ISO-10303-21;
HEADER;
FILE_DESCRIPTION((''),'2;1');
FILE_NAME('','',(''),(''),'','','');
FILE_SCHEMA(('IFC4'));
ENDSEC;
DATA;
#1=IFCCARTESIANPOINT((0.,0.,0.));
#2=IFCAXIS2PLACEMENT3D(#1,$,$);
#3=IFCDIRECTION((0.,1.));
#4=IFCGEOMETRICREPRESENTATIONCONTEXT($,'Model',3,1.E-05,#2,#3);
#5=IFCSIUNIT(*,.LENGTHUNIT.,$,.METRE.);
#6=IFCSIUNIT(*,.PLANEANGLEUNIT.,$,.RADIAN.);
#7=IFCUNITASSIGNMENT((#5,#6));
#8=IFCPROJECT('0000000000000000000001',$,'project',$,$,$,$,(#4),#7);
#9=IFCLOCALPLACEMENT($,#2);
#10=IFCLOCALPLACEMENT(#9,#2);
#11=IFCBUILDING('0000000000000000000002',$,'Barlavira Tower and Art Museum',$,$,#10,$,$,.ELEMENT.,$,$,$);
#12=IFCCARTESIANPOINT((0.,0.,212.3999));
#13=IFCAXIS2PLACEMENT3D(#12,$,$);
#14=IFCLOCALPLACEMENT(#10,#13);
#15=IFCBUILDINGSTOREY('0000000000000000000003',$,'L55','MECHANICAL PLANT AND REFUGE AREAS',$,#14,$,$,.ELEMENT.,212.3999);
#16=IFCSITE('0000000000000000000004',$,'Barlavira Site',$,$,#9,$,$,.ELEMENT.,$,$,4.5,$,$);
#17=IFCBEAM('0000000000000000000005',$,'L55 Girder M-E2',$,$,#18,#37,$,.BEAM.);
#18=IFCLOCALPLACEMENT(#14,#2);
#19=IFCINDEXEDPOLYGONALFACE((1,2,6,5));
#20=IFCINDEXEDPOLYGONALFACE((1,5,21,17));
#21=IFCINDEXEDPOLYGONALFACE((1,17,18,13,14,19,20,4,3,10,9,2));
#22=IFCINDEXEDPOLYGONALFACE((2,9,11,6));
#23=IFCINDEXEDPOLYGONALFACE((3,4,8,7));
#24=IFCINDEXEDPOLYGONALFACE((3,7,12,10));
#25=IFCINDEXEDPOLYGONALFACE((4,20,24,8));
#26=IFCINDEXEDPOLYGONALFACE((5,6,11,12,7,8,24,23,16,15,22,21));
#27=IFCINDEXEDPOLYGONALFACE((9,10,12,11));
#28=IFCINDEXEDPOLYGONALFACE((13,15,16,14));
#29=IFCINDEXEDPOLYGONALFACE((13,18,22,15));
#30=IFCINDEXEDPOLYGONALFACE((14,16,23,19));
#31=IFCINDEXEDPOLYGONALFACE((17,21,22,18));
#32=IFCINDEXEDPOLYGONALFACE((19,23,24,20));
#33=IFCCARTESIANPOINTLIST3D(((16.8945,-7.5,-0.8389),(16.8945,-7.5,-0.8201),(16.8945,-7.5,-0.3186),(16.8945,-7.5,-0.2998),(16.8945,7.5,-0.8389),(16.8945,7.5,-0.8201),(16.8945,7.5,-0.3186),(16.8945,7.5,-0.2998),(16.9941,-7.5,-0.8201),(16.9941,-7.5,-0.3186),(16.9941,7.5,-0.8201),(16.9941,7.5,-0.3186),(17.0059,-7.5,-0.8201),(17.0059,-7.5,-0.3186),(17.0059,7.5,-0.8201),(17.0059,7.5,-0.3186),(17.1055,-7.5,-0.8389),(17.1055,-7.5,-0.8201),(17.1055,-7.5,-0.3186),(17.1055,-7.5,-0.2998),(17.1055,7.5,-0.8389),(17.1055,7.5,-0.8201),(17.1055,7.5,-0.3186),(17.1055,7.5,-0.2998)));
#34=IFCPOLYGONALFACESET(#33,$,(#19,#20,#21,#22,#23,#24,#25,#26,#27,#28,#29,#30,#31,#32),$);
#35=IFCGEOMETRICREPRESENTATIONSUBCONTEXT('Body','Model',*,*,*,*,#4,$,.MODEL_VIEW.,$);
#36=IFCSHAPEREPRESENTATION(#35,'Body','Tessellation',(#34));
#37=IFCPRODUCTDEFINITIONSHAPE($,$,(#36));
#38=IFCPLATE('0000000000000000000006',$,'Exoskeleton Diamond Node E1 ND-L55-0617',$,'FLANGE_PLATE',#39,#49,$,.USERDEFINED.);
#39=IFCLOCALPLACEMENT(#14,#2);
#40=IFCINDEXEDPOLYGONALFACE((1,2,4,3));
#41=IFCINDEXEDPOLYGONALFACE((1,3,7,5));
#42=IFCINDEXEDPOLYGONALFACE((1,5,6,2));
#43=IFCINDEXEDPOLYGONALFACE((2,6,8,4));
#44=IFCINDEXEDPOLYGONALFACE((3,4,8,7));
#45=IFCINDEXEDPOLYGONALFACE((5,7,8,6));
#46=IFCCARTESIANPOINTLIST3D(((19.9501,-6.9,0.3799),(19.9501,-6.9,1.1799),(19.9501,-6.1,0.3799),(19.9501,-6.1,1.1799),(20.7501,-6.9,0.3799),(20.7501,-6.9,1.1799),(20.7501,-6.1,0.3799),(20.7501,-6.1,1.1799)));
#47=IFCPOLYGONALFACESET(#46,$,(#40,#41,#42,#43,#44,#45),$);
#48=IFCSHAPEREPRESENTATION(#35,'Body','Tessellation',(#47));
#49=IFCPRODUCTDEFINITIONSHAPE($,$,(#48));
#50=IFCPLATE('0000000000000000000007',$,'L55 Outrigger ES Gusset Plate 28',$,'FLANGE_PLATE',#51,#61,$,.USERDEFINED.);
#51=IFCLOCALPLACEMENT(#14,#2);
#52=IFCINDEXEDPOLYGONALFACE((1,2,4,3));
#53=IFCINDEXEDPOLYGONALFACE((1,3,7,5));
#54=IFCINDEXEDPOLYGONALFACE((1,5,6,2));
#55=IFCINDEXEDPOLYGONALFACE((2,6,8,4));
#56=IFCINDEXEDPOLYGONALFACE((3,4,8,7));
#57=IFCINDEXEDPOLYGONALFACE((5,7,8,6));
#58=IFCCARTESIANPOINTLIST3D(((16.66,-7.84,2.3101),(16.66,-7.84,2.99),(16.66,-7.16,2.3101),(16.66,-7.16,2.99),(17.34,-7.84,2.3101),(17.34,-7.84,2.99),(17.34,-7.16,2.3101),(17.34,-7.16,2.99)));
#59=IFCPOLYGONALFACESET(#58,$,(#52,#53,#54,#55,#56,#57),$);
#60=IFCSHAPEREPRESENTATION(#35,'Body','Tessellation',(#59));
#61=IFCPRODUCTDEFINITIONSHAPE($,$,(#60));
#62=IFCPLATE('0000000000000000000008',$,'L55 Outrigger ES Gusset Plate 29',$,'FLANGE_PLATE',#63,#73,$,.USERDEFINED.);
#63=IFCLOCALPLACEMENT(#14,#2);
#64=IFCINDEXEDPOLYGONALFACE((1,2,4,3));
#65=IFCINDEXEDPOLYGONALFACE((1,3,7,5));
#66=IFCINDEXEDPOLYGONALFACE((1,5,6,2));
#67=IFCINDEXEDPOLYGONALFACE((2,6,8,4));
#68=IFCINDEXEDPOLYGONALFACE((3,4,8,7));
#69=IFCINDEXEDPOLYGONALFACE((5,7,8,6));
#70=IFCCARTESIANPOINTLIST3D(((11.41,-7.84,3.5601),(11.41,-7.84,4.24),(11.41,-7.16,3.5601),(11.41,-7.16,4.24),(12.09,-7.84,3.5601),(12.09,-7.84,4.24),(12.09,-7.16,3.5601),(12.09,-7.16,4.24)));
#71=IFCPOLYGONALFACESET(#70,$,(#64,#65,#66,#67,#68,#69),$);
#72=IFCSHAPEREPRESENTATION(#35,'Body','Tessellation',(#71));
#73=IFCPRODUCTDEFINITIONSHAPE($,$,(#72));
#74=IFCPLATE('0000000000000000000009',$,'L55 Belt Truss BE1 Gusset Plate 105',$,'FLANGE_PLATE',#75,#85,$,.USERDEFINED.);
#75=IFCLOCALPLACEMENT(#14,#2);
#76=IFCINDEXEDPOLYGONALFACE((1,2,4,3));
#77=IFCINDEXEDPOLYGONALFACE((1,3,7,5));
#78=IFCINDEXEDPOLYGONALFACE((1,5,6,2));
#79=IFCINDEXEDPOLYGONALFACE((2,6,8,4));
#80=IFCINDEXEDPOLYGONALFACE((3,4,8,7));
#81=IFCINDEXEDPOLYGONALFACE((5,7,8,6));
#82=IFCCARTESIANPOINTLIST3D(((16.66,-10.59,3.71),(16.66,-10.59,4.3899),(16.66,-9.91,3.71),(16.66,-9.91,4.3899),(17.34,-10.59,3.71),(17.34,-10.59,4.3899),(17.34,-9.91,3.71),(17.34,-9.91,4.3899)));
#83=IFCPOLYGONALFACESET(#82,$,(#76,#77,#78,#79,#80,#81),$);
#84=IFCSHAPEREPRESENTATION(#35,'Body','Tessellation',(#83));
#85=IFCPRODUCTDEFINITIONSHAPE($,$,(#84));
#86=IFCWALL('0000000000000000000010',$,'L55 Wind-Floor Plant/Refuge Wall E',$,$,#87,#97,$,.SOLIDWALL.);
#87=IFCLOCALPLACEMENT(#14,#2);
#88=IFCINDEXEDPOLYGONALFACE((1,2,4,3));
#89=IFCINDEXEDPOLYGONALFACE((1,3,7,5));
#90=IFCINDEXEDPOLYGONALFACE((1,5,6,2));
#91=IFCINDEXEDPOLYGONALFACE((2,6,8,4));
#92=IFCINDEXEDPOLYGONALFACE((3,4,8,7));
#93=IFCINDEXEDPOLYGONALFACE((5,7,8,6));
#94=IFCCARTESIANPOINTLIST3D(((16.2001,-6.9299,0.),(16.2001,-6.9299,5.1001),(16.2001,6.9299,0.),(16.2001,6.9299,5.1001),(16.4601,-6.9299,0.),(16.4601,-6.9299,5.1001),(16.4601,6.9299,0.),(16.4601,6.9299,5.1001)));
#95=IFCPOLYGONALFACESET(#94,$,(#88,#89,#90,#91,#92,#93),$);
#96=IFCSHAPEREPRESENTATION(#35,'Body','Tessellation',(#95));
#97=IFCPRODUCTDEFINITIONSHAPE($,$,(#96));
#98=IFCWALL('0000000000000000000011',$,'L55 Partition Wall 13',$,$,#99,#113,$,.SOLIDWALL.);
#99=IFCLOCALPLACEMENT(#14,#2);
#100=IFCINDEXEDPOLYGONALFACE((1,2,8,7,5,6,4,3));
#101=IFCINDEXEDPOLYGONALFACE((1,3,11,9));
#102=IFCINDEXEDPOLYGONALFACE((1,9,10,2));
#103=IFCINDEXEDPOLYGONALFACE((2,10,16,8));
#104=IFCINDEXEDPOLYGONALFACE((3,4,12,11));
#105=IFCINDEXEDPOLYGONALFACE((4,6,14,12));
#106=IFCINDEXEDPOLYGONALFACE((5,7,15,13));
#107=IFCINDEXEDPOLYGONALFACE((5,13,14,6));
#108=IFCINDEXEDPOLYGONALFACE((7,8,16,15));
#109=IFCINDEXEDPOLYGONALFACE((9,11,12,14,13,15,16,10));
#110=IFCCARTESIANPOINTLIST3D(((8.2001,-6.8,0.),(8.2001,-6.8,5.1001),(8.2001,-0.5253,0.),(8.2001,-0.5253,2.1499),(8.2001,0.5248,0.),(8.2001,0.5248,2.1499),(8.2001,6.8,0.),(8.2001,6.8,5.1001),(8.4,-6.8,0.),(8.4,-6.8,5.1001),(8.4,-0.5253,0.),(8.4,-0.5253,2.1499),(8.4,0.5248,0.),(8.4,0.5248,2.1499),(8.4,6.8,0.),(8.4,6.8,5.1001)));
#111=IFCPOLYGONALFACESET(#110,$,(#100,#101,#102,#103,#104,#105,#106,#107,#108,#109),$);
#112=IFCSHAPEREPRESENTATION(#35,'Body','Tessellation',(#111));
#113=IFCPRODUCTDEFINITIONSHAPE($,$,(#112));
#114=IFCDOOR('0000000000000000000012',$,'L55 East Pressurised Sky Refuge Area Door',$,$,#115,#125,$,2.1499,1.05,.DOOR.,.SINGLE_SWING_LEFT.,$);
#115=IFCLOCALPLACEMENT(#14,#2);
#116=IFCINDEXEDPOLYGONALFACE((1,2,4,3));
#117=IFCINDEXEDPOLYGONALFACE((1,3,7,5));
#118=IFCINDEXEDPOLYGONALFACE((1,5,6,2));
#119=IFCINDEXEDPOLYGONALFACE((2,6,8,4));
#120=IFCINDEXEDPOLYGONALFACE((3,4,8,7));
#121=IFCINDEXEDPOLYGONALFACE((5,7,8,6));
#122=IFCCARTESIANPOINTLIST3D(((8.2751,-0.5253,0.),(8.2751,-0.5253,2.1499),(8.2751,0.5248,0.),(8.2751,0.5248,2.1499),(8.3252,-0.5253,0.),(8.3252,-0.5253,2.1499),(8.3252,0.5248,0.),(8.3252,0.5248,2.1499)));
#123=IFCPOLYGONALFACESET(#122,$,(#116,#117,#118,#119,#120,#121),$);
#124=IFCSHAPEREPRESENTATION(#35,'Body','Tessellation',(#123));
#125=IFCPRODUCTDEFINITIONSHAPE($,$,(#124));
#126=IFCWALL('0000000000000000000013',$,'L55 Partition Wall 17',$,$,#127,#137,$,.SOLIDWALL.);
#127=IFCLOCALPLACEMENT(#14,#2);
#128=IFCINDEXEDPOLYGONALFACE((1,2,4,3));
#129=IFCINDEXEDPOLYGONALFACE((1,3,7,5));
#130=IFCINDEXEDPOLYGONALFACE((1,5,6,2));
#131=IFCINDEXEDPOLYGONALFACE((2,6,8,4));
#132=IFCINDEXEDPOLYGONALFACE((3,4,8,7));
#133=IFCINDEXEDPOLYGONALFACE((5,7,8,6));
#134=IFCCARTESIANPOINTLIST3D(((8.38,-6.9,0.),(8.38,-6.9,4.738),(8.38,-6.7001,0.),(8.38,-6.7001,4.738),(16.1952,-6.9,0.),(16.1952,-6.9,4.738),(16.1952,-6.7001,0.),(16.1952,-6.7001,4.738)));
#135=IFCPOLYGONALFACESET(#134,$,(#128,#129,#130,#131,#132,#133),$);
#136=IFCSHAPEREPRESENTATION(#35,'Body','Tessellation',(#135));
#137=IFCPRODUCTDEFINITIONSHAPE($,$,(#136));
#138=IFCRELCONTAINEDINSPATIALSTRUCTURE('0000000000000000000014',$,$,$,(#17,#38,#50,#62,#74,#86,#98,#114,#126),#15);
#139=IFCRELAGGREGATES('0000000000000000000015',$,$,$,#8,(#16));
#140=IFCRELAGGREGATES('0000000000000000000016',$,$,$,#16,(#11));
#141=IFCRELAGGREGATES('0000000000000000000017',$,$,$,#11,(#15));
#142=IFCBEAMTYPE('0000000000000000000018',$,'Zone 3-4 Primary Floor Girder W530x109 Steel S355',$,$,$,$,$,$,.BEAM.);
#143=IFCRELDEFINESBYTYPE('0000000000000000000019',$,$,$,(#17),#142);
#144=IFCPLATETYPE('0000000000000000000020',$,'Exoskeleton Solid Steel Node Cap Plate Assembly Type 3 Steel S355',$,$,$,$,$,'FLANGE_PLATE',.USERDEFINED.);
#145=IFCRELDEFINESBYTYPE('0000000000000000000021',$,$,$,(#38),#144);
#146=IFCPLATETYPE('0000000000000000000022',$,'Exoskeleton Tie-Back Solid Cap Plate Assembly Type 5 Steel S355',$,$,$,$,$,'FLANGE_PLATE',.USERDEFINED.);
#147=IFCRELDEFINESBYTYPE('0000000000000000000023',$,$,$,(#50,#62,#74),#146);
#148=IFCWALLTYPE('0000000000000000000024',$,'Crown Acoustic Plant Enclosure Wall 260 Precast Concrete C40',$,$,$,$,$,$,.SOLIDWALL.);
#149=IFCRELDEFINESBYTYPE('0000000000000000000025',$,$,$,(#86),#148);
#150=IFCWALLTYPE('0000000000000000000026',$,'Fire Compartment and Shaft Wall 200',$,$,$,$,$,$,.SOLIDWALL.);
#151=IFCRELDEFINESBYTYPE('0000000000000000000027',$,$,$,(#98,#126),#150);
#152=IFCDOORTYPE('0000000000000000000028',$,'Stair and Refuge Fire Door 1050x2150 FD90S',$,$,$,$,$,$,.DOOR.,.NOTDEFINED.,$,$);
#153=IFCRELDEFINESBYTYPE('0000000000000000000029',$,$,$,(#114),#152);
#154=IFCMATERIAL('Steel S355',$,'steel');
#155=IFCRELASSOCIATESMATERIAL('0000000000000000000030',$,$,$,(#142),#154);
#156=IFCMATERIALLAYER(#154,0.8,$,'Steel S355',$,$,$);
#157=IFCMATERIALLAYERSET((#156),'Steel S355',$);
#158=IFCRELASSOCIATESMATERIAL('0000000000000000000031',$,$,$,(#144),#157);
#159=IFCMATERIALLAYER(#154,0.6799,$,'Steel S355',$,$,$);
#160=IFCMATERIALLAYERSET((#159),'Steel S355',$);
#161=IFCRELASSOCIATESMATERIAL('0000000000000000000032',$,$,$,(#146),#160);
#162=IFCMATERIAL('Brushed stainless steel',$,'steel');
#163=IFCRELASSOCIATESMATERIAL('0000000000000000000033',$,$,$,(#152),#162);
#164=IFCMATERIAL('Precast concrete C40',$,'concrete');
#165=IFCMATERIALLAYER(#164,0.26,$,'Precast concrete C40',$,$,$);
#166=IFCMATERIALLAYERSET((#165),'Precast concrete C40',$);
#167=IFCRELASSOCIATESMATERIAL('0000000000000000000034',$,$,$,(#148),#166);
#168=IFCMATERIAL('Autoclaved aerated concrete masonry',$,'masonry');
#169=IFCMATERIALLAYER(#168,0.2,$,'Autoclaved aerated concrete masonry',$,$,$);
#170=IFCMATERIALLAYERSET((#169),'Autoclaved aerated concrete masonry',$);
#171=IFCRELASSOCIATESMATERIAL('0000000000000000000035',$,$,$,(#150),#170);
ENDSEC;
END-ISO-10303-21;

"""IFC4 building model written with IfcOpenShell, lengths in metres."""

from ifc_helpers import new_model, si_unit, direction, frame, frame_2d, origin, origin_2d, place, context, subcontext, project, spatial, rectangle, i_section, extrude, material, layer, layer_set, material_profile, profile_set, type_object, element, fill, save


model = new_model("IFC4")

# Units and contexts
model_context = context("Model", 3, precision=1e-05, world=origin(), true_north=direction((0.0, 1.0)))
body_context = subcontext(model_context, "Body", "Model", "MODEL_VIEW")
ifc_project = project(units=[si_unit("LENGTHUNIT", "METRE"), si_unit("PLANEANGLEUNIT", "RADIAN")], contexts=[model_context])

# Site, building, storey
site_placement = place(None, origin())
site = spatial("IfcSite", under=ifc_project, at=site_placement, Name="Barlavira Site", CompositionType="ELEMENT", RefElevation=4.5)
building_placement = place(site_placement, origin())
building = spatial("IfcBuilding", under=site, at=building_placement, Name="Barlavira Tower and Art Museum", CompositionType="ELEMENT")
storey_placement = place(building_placement, frame((0.0, 0.0, 212.3999)))
storey = spatial("IfcBuildingStorey", under=building, at=storey_placement, Name="L55", Description="MECHANICAL PLANT AND REFUGE AREAS", CompositionType="ELEMENT", Elevation=212.3999)

# Shared definitions
ifc_material_1 = material(Name="Steel S355", Category="steel")

# Beam
ifc_material_profile_1 = material_profile(ifc_material_1, i_section(OverallWidth=0.2109, OverallDepth=0.5391, WebThickness=0.0117, FlangeThickness=0.0188, at=origin_2d()), Name="W530x109.0")
ifc_profile_set_1 = profile_set([ifc_material_profile_1], Name="Steel S355")
beam_type_1 = type_object("IfcBeamType", Name="Zone 3-4 Primary Floor Girder W530x109 Steel S355", PredefinedType="BEAM", material=ifc_profile_set_1)
beam_1_placement = place(storey_placement, frame((17.0, -7.5, -0.5693), z_axis=(0.0, 1.0, 0.0), x_axis=(-1.0, 0.0, 0.0)))
element("IfcBeam", 1, at=beam_1_placement, inside=storey, type_object=beam_type_1, Name="L55 Girder M-E2", PredefinedType="BEAM", context=body_context, shape_type="SweptSolid", body=[
    extrude(i_section(OverallWidth=0.2109, OverallDepth=0.5391, WebThickness=0.0117, FlangeThickness=0.0188, at=origin_2d()), origin(), (0.0, 0.0, 1.0), 15.0),
])

# Plates
ifc_layer_1 = layer(ifc_material_1, 0.8, Name="Steel S355")
ifc_layer_set_1 = layer_set([ifc_layer_1], Name="Steel S355")
plate_type_1 = type_object("IfcPlateType", Name="Exoskeleton Solid Steel Node Cap Plate Assembly Type 3 Steel S355", ElementType="FLANGE_PLATE", PredefinedType="USERDEFINED", material=ifc_layer_set_1)
plate_placement = place(storey_placement, frame((20.3501, -6.5, 0.3799), z_axis=(0.0, 0.0, 1.0), x_axis=(1.0, 0.0, 0.0)))
element("IfcPlate", 2, at=plate_placement, inside=storey, type_object=plate_type_1, Name="Exoskeleton Diamond Node E1 ND-L55-0617", ObjectType="FLANGE_PLATE", PredefinedType="USERDEFINED", context=body_context, shape_type="SweptSolid", body=[
    extrude(rectangle(XDim=0.8, YDim=0.8, at=origin_2d()), origin(), (0.0, 0.0, 1.0), 0.8),
])
ifc_layer_2 = layer(ifc_material_1, 0.6799, Name="Steel S355")
ifc_layer_set_2 = layer_set([ifc_layer_2], Name="Steel S355")
plate_type_2 = type_object("IfcPlateType", Name="Exoskeleton Tie-Back Solid Cap Plate Assembly Type 5 Steel S355", ElementType="FLANGE_PLATE", PredefinedType="USERDEFINED", material=ifc_layer_set_2)
for number, where, z_axis, x_axis, name in (
    (3, (17.0, -7.5, 2.3101), (0.0, 0.0, 1.0), (1.0, 0.0, 0.0), "L55 Outrigger ES Gusset Plate 28"),
    (4, (11.75, -7.5, 3.5601), (0.0, 0.0, 1.0), (1.0, 0.0, 0.0), "L55 Outrigger ES Gusset Plate 29"),
    (5, (17.0, -10.25, 3.71), (0.0, 0.0, 1.0), (1.0, 0.0, 0.0), "L55 Belt Truss BE1 Gusset Plate 105"),
):
    element("IfcPlate", number, at=place(storey_placement, frame(where, z_axis=z_axis, x_axis=x_axis)), inside=storey, type_object=plate_type_2, Name=name, ObjectType="FLANGE_PLATE", PredefinedType="USERDEFINED", context=body_context, shape_type="SweptSolid", body=[
        extrude(rectangle(XDim=0.6799, YDim=0.6799, at=origin_2d()), origin(), (0.0, 0.0, 1.0), 0.6799),
    ])

# Shared definitions
ifc_material_2 = material(Name="Brushed stainless steel", Category="steel")
door_type = type_object("IfcDoorType", Name="Stair and Refuge Fire Door 1050x2150 FD90S", OperationType="NOTDEFINED", PredefinedType="DOOR", material=ifc_material_2)

# Wall
ifc_material_3 = material(Name="Precast concrete C40", Category="concrete")
ifc_layer_3 = layer(ifc_material_3, 0.26, Name="Precast concrete C40")
ifc_layer_set_3 = layer_set([ifc_layer_3], Name="Precast concrete C40")
wall_type_1 = type_object("IfcWallType", Name="Crown Acoustic Plant Enclosure Wall 260 Precast Concrete C40", PredefinedType="SOLIDWALL", material=ifc_layer_set_3)
wall_1_placement = place(storey_placement, frame((16.3301, -6.9299, 0.0), z_axis=(0.0, 0.0, 1.0), x_axis=(0.0, 1.0, 0.0)))
element("IfcWall", 6, at=wall_1_placement, inside=storey, type_object=wall_type_1, Name="L55 Wind-Floor Plant/Refuge Wall E", PredefinedType="SOLIDWALL", context=body_context, shape_type="SweptSolid", body=[
    extrude(rectangle(XDim=13.8599, YDim=0.26, at=frame_2d((6.9299, 0.0))), origin(), (0.0, 0.0, 1.0), 5.1001),
])

# Wall, opening, door
ifc_material_4 = material(Name="Autoclaved aerated concrete masonry", Category="masonry")
ifc_layer_4 = layer(ifc_material_4, 0.2, Name="Autoclaved aerated concrete masonry")
ifc_layer_set_4 = layer_set([ifc_layer_4], Name="Autoclaved aerated concrete masonry")
wall_type_2 = type_object("IfcWallType", Name="Fire Compartment and Shaft Wall 200", PredefinedType="SOLIDWALL", material=ifc_layer_set_4)
wall_2_placement = place(storey_placement, frame((8.3, -6.8, 0.0), z_axis=(0.0, 0.0, 1.0), x_axis=(0.0, 1.0, 0.0)))
wall_2 = element("IfcWall", 7, at=wall_2_placement, inside=storey, type_object=wall_type_2, Name="L55 Partition Wall 13", PredefinedType="SOLIDWALL", context=body_context, shape_type="SweptSolid", body=[
    extrude(rectangle(XDim=13.6001, YDim=0.2, at=frame_2d((6.8, 0.0))), origin(), (0.0, 0.0, 1.0), 5.1001),
])
opening_1_placement = place(wall_2_placement, frame((6.2749, 0.0, 0.0)))
opening_1 = element("IfcOpeningElement", 8, at=opening_1_placement, cuts=wall_2, PredefinedType="OPENING", context=body_context, shape_type="SweptSolid", body=[
    extrude(rectangle(XDim=1.05, YDim=2.1499, at=frame_2d((0.5249, 1.075))), frame((0.0, 0.1099, 0.0), z_axis=(0.0, -1.0, 0.0), x_axis=(1.0, 0.0, 0.0)), (0.0, 0.0, 1.0), 0.22),
])
door_1_placement = place(opening_1_placement, origin())
door_1 = element("IfcDoor", 9, at=door_1_placement, inside=storey, type_object=door_type, Name="L55 East Pressurised Sky Refuge Area Door", OperationType="SINGLE_SWING_LEFT", OverallHeight=2.1499, OverallWidth=1.05, PredefinedType="DOOR", context=body_context, shape_type="SweptSolid", body=[
    extrude(rectangle(XDim=1.05, YDim=2.1499, at=frame_2d((0.5249, 1.075))), frame((0.0, 0.0249, 0.0), z_axis=(0.0, -1.0, 0.0), x_axis=(1.0, 0.0, 0.0)), (0.0, 0.0, 1.0), 0.05),
])
fill(opening_1, door_1)

# Wall
wall_3_placement = place(storey_placement, frame((8.3799, -6.8, 0.0), z_axis=(0.0, 0.0, 1.0), x_axis=(1.0, 0.0, 0.0)))
element("IfcWall", 10, at=wall_3_placement, inside=storey, type_object=wall_type_2, Name="L55 Partition Wall 17", PredefinedType="SOLIDWALL", context=body_context, shape_type="SweptSolid", body=[
    extrude(rectangle(XDim=7.8152, YDim=0.2, at=frame_2d((3.9077, 0.0))), origin(), (0.0, 0.0, 1.0), 4.738),
])

save(model, "model.ifc")
